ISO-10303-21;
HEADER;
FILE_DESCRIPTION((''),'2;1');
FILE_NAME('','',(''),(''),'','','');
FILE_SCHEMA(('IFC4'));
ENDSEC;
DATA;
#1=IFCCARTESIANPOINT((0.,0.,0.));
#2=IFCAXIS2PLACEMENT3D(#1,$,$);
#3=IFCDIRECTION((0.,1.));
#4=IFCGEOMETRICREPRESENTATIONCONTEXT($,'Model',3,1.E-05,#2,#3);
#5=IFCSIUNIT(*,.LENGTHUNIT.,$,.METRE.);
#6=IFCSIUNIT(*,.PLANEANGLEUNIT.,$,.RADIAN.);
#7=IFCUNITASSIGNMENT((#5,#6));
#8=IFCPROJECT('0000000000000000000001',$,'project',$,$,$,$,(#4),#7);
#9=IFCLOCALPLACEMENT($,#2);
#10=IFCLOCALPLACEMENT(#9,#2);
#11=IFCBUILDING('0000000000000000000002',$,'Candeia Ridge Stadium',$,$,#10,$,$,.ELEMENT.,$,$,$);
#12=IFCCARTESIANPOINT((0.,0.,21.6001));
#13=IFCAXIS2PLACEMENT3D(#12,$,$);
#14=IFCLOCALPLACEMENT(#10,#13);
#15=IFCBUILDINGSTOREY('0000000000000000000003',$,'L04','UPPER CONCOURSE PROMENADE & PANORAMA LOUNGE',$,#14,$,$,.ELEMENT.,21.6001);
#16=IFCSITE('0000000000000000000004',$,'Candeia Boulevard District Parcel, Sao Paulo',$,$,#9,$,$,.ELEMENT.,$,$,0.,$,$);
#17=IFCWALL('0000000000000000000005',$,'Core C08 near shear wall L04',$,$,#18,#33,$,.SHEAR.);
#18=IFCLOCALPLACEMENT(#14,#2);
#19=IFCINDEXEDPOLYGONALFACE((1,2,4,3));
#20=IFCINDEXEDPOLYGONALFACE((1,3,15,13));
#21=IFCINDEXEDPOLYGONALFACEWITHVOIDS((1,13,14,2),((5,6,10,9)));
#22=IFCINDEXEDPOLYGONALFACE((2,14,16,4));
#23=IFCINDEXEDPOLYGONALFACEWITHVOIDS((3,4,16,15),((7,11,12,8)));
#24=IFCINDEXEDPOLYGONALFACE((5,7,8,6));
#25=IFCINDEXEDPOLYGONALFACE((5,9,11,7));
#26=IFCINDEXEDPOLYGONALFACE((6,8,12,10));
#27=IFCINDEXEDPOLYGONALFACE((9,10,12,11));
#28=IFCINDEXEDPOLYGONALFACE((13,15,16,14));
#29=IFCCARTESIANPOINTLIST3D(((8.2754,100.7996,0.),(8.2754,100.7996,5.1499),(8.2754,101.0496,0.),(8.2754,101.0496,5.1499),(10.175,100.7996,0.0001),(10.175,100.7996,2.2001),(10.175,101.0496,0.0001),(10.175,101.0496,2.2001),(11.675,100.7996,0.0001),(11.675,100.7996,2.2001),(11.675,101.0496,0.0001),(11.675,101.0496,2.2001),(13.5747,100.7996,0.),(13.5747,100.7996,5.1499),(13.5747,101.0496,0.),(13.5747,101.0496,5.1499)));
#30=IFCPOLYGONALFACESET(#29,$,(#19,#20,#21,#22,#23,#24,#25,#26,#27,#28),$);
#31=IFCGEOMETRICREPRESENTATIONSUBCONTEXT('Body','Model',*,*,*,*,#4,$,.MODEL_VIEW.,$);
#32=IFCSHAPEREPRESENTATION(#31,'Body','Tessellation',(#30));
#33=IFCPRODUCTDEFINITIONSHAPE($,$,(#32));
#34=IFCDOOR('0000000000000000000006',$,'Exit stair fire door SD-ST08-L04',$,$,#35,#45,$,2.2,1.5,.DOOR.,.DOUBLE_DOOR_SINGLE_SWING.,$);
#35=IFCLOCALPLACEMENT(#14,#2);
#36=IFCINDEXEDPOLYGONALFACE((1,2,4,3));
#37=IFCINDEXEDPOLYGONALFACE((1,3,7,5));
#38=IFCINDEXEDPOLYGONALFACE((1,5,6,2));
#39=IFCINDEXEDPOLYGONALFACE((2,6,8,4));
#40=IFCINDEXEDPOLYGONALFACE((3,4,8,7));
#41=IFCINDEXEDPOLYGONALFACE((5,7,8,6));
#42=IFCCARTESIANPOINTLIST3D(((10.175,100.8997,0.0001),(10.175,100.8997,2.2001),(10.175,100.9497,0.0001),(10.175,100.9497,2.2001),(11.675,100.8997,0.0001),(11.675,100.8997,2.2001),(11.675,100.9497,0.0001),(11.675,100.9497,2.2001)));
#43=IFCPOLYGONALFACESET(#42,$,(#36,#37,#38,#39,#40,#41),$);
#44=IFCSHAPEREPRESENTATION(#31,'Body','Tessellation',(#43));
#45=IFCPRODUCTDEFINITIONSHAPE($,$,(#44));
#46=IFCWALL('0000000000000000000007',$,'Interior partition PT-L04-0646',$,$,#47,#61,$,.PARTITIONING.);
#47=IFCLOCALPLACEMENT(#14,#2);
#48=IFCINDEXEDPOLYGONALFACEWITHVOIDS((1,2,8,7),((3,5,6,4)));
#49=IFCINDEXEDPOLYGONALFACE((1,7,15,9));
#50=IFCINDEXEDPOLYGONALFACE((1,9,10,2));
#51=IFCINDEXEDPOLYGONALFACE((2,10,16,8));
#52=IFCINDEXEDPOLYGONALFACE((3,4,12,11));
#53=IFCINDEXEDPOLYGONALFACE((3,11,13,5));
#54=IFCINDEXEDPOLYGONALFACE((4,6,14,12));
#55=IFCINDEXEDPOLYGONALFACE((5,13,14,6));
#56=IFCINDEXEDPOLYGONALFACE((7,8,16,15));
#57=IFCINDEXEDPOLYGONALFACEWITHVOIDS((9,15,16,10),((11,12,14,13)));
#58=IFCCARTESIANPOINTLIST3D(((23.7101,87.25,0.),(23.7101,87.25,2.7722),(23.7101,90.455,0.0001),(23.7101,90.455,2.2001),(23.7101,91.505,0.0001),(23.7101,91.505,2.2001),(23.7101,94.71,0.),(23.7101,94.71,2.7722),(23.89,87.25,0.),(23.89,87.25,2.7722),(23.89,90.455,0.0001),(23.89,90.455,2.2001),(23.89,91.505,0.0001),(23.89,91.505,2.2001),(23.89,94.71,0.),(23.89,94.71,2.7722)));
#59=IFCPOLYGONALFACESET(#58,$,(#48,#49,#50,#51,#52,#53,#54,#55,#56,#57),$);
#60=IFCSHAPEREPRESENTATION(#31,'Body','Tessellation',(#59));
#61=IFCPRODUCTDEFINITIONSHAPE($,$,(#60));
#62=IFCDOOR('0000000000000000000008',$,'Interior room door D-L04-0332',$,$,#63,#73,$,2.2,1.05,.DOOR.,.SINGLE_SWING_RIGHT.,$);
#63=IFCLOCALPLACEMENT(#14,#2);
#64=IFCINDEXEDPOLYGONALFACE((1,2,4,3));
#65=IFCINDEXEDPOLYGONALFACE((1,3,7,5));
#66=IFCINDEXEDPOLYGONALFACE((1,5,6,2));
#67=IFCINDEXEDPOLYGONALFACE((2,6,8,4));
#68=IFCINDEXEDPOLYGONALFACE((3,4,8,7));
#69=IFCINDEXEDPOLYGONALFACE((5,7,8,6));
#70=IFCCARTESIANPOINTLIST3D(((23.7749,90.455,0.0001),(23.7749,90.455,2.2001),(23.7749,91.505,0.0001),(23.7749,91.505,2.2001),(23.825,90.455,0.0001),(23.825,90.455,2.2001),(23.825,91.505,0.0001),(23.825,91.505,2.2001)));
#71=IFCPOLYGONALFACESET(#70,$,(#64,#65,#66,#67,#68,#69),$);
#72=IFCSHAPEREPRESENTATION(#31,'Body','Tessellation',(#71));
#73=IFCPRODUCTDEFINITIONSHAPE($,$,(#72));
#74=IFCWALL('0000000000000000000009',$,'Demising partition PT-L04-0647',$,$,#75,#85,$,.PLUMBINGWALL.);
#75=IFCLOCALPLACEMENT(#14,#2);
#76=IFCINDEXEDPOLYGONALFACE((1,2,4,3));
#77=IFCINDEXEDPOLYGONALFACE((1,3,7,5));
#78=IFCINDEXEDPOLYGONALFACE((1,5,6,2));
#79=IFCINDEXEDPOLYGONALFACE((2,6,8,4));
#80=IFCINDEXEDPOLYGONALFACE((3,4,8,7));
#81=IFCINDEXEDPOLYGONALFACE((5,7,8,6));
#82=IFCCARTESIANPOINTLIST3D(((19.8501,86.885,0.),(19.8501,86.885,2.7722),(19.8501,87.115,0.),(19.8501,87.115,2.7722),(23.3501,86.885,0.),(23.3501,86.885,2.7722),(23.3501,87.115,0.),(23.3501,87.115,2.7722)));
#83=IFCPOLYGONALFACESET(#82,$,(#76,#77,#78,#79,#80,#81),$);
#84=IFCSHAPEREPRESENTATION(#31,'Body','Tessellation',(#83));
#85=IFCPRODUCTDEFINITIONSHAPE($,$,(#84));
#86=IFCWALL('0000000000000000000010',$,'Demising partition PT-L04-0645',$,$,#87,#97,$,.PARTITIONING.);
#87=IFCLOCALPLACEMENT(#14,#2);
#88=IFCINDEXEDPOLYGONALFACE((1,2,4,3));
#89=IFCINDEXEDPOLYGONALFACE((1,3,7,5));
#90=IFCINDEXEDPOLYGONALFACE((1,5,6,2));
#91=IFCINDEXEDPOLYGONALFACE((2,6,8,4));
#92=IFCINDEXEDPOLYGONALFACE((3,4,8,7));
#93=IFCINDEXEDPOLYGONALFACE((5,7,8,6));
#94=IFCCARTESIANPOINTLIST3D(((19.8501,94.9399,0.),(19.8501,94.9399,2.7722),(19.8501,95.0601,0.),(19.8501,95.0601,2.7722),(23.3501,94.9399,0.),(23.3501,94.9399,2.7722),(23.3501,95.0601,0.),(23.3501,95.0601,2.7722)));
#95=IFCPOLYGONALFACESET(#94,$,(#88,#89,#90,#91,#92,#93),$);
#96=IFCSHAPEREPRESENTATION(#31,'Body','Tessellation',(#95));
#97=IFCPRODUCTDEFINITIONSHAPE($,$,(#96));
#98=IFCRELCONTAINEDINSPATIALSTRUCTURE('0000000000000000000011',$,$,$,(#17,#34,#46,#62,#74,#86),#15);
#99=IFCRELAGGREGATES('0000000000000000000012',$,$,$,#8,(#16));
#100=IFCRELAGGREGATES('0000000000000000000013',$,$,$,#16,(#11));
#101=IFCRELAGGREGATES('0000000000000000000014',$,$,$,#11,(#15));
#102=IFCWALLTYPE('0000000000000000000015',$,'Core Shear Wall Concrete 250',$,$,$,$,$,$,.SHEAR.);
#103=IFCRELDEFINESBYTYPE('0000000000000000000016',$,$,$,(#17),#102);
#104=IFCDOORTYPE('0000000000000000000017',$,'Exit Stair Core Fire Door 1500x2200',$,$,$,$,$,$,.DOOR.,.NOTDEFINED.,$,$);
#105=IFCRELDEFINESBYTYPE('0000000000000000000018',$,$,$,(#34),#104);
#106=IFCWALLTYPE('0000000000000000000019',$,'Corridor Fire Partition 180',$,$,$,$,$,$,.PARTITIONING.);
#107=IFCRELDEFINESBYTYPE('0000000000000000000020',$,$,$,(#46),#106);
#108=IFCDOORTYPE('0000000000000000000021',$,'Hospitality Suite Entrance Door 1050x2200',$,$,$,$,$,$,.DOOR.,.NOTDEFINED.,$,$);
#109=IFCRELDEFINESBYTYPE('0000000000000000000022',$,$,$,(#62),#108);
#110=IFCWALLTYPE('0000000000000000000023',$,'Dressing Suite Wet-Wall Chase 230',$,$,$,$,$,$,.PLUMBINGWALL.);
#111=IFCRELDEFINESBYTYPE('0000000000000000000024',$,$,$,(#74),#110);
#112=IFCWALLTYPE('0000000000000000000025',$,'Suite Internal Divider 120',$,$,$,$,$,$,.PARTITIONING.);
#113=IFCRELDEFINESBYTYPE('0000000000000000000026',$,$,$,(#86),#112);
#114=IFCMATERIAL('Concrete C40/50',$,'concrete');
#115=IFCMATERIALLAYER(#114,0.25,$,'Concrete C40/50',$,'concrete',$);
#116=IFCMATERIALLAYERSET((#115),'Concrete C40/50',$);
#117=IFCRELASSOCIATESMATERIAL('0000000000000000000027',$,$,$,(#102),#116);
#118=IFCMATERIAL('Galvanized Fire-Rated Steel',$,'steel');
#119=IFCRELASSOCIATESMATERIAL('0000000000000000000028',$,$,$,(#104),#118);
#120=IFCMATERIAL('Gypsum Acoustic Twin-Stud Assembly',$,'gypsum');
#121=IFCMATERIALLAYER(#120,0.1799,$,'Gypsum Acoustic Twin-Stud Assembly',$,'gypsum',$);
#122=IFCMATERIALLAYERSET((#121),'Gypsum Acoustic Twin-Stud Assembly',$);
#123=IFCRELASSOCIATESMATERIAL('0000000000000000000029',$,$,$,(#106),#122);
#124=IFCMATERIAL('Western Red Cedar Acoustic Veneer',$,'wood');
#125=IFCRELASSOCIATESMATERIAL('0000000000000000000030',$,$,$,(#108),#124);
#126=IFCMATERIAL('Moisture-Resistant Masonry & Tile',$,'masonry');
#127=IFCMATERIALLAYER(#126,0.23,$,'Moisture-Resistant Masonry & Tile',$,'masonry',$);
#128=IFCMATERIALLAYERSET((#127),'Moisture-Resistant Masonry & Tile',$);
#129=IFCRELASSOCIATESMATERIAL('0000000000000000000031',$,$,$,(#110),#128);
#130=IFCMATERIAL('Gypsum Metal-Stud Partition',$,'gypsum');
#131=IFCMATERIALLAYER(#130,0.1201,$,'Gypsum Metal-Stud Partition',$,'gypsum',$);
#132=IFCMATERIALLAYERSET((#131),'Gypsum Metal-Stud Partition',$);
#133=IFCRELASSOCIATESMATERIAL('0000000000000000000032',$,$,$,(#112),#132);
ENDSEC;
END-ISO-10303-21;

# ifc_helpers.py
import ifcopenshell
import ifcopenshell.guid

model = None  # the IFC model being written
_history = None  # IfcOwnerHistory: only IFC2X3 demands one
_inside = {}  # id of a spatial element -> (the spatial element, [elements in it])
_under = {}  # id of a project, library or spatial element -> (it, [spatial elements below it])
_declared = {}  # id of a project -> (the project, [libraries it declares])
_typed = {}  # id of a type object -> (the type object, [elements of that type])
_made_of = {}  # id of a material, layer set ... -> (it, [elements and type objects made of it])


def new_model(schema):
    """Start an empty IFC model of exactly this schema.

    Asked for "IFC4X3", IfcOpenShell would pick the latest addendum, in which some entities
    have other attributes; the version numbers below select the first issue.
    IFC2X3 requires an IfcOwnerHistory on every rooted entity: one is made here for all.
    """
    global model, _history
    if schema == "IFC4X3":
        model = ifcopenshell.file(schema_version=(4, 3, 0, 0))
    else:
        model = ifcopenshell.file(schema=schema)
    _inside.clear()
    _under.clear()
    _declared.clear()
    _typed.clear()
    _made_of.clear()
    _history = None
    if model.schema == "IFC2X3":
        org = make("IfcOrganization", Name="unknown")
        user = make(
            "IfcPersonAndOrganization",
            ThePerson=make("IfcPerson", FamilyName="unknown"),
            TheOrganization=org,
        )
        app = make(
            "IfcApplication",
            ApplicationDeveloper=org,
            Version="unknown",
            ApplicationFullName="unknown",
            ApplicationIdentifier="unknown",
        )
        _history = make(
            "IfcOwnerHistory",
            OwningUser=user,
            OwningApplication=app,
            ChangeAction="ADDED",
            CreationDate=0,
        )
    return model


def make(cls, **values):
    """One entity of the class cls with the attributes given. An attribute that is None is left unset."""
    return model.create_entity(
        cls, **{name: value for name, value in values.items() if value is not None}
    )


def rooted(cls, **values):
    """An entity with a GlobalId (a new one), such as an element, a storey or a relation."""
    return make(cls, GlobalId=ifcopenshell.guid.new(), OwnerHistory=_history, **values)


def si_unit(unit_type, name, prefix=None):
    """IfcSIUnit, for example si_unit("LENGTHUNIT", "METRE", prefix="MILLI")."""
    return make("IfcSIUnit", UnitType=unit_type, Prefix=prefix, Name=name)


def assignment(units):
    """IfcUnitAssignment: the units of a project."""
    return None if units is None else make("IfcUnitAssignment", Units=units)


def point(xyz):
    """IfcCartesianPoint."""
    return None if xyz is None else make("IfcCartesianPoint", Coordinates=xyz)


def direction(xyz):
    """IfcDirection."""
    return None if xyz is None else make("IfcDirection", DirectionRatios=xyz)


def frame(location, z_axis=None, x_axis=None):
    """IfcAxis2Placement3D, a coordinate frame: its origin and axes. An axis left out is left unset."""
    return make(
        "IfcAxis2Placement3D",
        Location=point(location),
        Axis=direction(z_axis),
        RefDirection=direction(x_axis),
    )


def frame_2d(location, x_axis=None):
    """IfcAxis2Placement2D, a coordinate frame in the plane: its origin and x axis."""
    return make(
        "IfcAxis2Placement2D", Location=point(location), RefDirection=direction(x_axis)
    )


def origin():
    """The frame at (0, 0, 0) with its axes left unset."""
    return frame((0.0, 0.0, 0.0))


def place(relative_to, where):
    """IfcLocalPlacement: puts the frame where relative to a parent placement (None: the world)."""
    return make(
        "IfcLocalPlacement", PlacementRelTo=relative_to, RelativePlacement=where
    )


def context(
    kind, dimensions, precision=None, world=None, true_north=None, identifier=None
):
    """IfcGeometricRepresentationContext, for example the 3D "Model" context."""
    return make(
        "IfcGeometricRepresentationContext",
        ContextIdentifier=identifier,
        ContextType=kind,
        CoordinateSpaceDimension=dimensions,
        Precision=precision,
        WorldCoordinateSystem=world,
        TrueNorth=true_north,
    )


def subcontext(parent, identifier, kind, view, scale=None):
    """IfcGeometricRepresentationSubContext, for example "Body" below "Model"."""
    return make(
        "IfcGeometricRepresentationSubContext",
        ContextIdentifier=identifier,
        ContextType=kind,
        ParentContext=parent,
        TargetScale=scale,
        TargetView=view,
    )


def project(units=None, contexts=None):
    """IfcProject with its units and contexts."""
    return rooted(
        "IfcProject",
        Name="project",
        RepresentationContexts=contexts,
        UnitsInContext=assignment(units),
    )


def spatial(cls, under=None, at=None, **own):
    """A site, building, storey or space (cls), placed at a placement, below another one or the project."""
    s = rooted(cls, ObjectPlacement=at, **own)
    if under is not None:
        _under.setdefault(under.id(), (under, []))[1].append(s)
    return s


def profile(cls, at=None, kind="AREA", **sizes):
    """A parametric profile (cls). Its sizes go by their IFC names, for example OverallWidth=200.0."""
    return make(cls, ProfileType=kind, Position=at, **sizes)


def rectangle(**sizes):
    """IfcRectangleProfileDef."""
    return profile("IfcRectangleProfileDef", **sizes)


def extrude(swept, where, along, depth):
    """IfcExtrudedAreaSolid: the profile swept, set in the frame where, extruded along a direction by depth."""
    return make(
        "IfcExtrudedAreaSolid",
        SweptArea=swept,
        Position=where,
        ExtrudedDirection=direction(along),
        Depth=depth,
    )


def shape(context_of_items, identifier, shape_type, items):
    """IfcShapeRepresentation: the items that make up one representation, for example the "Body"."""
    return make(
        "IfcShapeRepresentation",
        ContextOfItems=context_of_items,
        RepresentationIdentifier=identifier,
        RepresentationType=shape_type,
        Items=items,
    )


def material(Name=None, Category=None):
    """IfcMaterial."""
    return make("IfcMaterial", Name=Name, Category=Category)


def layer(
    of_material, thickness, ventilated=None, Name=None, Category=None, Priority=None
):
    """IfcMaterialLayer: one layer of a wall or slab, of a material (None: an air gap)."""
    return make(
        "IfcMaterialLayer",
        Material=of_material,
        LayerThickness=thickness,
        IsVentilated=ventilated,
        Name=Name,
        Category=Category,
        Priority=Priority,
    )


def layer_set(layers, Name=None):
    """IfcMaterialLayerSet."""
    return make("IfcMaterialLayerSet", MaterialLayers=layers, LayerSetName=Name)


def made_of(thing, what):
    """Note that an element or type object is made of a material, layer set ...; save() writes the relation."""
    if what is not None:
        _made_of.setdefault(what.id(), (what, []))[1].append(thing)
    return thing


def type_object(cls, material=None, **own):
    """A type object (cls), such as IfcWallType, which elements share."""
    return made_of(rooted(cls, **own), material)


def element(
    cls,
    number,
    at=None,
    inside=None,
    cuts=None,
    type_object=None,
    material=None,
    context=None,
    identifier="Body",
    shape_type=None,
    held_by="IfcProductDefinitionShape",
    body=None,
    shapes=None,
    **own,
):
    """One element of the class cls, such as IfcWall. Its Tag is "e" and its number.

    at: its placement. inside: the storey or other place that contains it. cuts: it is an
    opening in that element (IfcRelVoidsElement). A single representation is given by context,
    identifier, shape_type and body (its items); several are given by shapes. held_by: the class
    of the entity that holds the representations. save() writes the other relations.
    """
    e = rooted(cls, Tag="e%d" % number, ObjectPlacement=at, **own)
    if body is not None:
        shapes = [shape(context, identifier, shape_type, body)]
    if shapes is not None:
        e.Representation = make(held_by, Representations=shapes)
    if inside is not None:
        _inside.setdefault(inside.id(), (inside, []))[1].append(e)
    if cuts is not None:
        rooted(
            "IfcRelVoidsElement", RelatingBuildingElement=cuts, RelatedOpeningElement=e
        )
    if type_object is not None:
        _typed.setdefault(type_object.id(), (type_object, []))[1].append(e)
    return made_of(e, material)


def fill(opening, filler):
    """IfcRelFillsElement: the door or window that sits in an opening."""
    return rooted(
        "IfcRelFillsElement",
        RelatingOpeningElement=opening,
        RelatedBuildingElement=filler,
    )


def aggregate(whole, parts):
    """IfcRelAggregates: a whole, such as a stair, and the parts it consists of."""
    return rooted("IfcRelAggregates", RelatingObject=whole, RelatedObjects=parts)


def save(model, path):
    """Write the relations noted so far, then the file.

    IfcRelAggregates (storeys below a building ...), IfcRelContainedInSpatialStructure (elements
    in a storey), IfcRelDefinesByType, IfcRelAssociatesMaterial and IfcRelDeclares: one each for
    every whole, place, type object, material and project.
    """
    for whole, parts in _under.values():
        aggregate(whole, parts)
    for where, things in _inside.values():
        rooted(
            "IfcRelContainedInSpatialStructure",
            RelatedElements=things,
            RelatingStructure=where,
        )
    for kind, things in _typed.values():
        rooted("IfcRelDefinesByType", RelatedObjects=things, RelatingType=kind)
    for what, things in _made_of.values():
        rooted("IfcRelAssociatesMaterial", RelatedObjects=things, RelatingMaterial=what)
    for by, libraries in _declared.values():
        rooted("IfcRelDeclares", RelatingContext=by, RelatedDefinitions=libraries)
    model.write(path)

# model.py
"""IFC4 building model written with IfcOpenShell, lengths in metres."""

from ifc_helpers import new_model, si_unit, direction, frame, frame_2d, origin, place, context, subcontext, project, spatial, rectangle, extrude, material, layer, layer_set, type_object, element, fill, save


model = new_model("IFC4")

# Units and contexts
model_context = context("Model", 3, precision=1e-05, world=origin(), true_north=direction((0.0, 1.0)))
body_context = subcontext(model_context, "Body", "Model", "MODEL_VIEW")
ifc_project = project(units=[si_unit("LENGTHUNIT", "METRE"), si_unit("PLANEANGLEUNIT", "RADIAN")], contexts=[model_context])

# Site, building, storey
site_placement = place(None, origin())
site = spatial("IfcSite", under=ifc_project, at=site_placement, Name="Candeia Boulevard District Parcel, Sao Paulo", CompositionType="ELEMENT", RefElevation=0.0)
building_placement = place(site_placement, origin())
building = spatial("IfcBuilding", under=site, at=building_placement, Name="Candeia Ridge Stadium", CompositionType="ELEMENT")
storey_placement = place(building_placement, frame((0.0, 0.0, 21.6001)))
storey = spatial("IfcBuildingStorey", under=building, at=storey_placement, Name="L04", Description="UPPER CONCOURSE PROMENADE & PANORAMA LOUNGE", CompositionType="ELEMENT", Elevation=21.6001)

# Shared definitions
ifc_material_1 = material(Name="Concrete C40/50", Category="concrete")

# Shared definitions
ifc_material_2 = material(Name="Gypsum Metal-Stud Partition", Category="gypsum")
ifc_layer_1 = layer(ifc_material_1, 0.25, Name="Concrete C40/50", Category="concrete")
ifc_layer_set_1 = layer_set([ifc_layer_1], Name="Concrete C40/50")
wall_type_1 = type_object("IfcWallType", Name="Core Shear Wall Concrete 250", PredefinedType="SHEAR", material=ifc_layer_set_1)

# Walls, openings, doors
wall_1_placement = place(storey_placement, frame((13.5747, 100.9246, 0.0), z_axis=(0.0, 0.0, 1.0), x_axis=(-1.0, 0.0, 0.0)))
wall_1 = element("IfcWall", 1, at=wall_1_placement, inside=storey, type_object=wall_type_1, Name="Core C08 near shear wall L04", PredefinedType="SHEAR", context=body_context, shape_type="SweptSolid", body=[
    extrude(rectangle(XDim=5.2993, YDim=0.25, at=frame_2d((2.6497, 0.0))), origin(), (0.0, 0.0, 1.0), 5.1499),
])
opening_1_placement = place(wall_1_placement, frame((1.8997, 0.0, 0.0)))
opening_1 = element("IfcOpeningElement", 2, at=opening_1_placement, cuts=wall_1, PredefinedType="OPENING", context=body_context, shape_type="SweptSolid", body=[
    extrude(rectangle(XDim=1.5, YDim=2.2, at=frame_2d((0.75, 1.1001))), frame((0.0, 0.135, 0.0), z_axis=(0.0, -1.0, 0.0), x_axis=(1.0, 0.0, 0.0)), (0.0, 0.0, 1.0), 0.27),
])
ifc_material_3 = material(Name="Galvanized Fire-Rated Steel", Category="steel")
door_type_1 = type_object("IfcDoorType", Name="Exit Stair Core Fire Door 1500x2200", OperationType="NOTDEFINED", PredefinedType="DOOR", material=ifc_material_3)
door_1_placement = place(opening_1_placement, origin())
door_1 = element("IfcDoor", 3, at=door_1_placement, inside=storey, type_object=door_type_1, Name="Exit stair fire door SD-ST08-L04", OperationType="DOUBLE_DOOR_SINGLE_SWING", OverallHeight=2.2, OverallWidth=1.5, PredefinedType="DOOR", context=body_context, shape_type="SweptSolid", body=[
    extrude(rectangle(XDim=1.5, YDim=2.2, at=frame_2d((0.75, 1.1001))), frame((0.0, 0.0249, 0.0), z_axis=(0.0, -1.0, 0.0), x_axis=(1.0, 0.0, 0.0)), (0.0, 0.0, 1.0), 0.05),
])
fill(opening_1, door_1)
ifc_material_4 = material(Name="Gypsum Acoustic Twin-Stud Assembly", Category="gypsum")
ifc_layer_2 = layer(ifc_material_4, 0.1799, Name="Gypsum Acoustic Twin-Stud Assembly", Category="gypsum")
ifc_layer_set_2 = layer_set([ifc_layer_2], Name="Gypsum Acoustic Twin-Stud Assembly")
wall_type_2 = type_object("IfcWallType", Name="Corridor Fire Partition 180", PredefinedType="PARTITIONING", material=ifc_layer_set_2)
wall_2_placement = place(storey_placement, frame((23.8, 94.71, 0.0), z_axis=(0.0, 0.0, 1.0), x_axis=(0.0, -1.0, 0.0)))
wall_2 = element("IfcWall", 4, at=wall_2_placement, inside=storey, type_object=wall_type_2, Name="Interior partition PT-L04-0646", PredefinedType="PARTITIONING", context=body_context, shape_type="SweptSolid", body=[
    extrude(rectangle(XDim=7.46, YDim=0.1799, at=frame_2d((3.73, 0.0))), origin(), (0.0, 0.0, 1.0), 2.7722),
])
opening_2_placement = place(wall_2_placement, frame((3.2051, 0.0, 0.0)))
opening_2 = element("IfcOpeningElement", 5, at=opening_2_placement, cuts=wall_2, PredefinedType="OPENING", context=body_context, shape_type="SweptSolid", body=[
    extrude(rectangle(XDim=1.05, YDim=2.2, at=frame_2d((0.5249, 1.1001))), frame((0.0, 0.0999, 0.0), z_axis=(0.0, -1.0, 0.0), x_axis=(1.0, 0.0, 0.0)), (0.0, 0.0, 1.0), 0.2),
])
ifc_material_5 = material(Name="Western Red Cedar Acoustic Veneer", Category="wood")
door_type_2 = type_object("IfcDoorType", Name="Hospitality Suite Entrance Door 1050x2200", OperationType="NOTDEFINED", PredefinedType="DOOR", material=ifc_material_5)
door_2_placement = place(opening_2_placement, origin())
door_2 = element("IfcDoor", 6, at=door_2_placement, inside=storey, type_object=door_type_2, Name="Interior room door D-L04-0332", OperationType="SINGLE_SWING_RIGHT", OverallHeight=2.2, OverallWidth=1.05, PredefinedType="DOOR", context=body_context, shape_type="SweptSolid", body=[
    extrude(rectangle(XDim=1.05, YDim=2.2, at=frame_2d((0.5249, 1.1001))), frame((0.0, 0.0249, 0.0), z_axis=(0.0, -1.0, 0.0), x_axis=(1.0, 0.0, 0.0)), (0.0, 0.0, 1.0), 0.05),
])
fill(opening_2, door_2)

# Walls
ifc_material_6 = material(Name="Moisture-Resistant Masonry & Tile", Category="masonry")
ifc_layer_3 = layer(ifc_material_6, 0.23, Name="Moisture-Resistant Masonry & Tile", Category="masonry")
ifc_layer_set_3 = layer_set([ifc_layer_3], Name="Moisture-Resistant Masonry & Tile")
wall_type_3 = type_object("IfcWallType", Name="Dressing Suite Wet-Wall Chase 230", PredefinedType="PLUMBINGWALL", material=ifc_layer_set_3)
wall_3_placement = place(storey_placement, frame((23.3501, 87.0, 0.0), z_axis=(0.0, 0.0, 1.0), x_axis=(-1.0, 0.0, 0.0)))
element("IfcWall", 7, at=wall_3_placement, inside=storey, type_object=wall_type_3, Name="Demising partition PT-L04-0647", PredefinedType="PLUMBINGWALL", context=body_context, shape_type="SweptSolid", body=[
    extrude(rectangle(XDim=3.5, YDim=0.23, at=frame_2d((1.75, 0.0))), origin(), (0.0, 0.0, 1.0), 2.7722),
])
ifc_layer_4 = layer(ifc_material_2, 0.1201, Name="Gypsum Metal-Stud Partition", Category="gypsum")
ifc_layer_set_4 = layer_set([ifc_layer_4], Name="Gypsum Metal-Stud Partition")
wall_type_4 = type_object("IfcWallType", Name="Suite Internal Divider 120", PredefinedType="PARTITIONING", material=ifc_layer_set_4)
wall_4_placement = place(storey_placement, frame((23.3501, 95.0, 0.0), z_axis=(0.0, 0.0, 1.0), x_axis=(-1.0, 0.0, 0.0)))
element("IfcWall", 8, at=wall_4_placement, inside=storey, type_object=wall_type_4, Name="Demising partition PT-L04-0645", PredefinedType="PARTITIONING", context=body_context, shape_type="SweptSolid", body=[
    extrude(rectangle(XDim=3.5, YDim=0.1201, at=frame_2d((1.75, 0.0))), origin(), (0.0, 0.0, 1.0), 2.7722),
])

save(model, "model.ifc")
